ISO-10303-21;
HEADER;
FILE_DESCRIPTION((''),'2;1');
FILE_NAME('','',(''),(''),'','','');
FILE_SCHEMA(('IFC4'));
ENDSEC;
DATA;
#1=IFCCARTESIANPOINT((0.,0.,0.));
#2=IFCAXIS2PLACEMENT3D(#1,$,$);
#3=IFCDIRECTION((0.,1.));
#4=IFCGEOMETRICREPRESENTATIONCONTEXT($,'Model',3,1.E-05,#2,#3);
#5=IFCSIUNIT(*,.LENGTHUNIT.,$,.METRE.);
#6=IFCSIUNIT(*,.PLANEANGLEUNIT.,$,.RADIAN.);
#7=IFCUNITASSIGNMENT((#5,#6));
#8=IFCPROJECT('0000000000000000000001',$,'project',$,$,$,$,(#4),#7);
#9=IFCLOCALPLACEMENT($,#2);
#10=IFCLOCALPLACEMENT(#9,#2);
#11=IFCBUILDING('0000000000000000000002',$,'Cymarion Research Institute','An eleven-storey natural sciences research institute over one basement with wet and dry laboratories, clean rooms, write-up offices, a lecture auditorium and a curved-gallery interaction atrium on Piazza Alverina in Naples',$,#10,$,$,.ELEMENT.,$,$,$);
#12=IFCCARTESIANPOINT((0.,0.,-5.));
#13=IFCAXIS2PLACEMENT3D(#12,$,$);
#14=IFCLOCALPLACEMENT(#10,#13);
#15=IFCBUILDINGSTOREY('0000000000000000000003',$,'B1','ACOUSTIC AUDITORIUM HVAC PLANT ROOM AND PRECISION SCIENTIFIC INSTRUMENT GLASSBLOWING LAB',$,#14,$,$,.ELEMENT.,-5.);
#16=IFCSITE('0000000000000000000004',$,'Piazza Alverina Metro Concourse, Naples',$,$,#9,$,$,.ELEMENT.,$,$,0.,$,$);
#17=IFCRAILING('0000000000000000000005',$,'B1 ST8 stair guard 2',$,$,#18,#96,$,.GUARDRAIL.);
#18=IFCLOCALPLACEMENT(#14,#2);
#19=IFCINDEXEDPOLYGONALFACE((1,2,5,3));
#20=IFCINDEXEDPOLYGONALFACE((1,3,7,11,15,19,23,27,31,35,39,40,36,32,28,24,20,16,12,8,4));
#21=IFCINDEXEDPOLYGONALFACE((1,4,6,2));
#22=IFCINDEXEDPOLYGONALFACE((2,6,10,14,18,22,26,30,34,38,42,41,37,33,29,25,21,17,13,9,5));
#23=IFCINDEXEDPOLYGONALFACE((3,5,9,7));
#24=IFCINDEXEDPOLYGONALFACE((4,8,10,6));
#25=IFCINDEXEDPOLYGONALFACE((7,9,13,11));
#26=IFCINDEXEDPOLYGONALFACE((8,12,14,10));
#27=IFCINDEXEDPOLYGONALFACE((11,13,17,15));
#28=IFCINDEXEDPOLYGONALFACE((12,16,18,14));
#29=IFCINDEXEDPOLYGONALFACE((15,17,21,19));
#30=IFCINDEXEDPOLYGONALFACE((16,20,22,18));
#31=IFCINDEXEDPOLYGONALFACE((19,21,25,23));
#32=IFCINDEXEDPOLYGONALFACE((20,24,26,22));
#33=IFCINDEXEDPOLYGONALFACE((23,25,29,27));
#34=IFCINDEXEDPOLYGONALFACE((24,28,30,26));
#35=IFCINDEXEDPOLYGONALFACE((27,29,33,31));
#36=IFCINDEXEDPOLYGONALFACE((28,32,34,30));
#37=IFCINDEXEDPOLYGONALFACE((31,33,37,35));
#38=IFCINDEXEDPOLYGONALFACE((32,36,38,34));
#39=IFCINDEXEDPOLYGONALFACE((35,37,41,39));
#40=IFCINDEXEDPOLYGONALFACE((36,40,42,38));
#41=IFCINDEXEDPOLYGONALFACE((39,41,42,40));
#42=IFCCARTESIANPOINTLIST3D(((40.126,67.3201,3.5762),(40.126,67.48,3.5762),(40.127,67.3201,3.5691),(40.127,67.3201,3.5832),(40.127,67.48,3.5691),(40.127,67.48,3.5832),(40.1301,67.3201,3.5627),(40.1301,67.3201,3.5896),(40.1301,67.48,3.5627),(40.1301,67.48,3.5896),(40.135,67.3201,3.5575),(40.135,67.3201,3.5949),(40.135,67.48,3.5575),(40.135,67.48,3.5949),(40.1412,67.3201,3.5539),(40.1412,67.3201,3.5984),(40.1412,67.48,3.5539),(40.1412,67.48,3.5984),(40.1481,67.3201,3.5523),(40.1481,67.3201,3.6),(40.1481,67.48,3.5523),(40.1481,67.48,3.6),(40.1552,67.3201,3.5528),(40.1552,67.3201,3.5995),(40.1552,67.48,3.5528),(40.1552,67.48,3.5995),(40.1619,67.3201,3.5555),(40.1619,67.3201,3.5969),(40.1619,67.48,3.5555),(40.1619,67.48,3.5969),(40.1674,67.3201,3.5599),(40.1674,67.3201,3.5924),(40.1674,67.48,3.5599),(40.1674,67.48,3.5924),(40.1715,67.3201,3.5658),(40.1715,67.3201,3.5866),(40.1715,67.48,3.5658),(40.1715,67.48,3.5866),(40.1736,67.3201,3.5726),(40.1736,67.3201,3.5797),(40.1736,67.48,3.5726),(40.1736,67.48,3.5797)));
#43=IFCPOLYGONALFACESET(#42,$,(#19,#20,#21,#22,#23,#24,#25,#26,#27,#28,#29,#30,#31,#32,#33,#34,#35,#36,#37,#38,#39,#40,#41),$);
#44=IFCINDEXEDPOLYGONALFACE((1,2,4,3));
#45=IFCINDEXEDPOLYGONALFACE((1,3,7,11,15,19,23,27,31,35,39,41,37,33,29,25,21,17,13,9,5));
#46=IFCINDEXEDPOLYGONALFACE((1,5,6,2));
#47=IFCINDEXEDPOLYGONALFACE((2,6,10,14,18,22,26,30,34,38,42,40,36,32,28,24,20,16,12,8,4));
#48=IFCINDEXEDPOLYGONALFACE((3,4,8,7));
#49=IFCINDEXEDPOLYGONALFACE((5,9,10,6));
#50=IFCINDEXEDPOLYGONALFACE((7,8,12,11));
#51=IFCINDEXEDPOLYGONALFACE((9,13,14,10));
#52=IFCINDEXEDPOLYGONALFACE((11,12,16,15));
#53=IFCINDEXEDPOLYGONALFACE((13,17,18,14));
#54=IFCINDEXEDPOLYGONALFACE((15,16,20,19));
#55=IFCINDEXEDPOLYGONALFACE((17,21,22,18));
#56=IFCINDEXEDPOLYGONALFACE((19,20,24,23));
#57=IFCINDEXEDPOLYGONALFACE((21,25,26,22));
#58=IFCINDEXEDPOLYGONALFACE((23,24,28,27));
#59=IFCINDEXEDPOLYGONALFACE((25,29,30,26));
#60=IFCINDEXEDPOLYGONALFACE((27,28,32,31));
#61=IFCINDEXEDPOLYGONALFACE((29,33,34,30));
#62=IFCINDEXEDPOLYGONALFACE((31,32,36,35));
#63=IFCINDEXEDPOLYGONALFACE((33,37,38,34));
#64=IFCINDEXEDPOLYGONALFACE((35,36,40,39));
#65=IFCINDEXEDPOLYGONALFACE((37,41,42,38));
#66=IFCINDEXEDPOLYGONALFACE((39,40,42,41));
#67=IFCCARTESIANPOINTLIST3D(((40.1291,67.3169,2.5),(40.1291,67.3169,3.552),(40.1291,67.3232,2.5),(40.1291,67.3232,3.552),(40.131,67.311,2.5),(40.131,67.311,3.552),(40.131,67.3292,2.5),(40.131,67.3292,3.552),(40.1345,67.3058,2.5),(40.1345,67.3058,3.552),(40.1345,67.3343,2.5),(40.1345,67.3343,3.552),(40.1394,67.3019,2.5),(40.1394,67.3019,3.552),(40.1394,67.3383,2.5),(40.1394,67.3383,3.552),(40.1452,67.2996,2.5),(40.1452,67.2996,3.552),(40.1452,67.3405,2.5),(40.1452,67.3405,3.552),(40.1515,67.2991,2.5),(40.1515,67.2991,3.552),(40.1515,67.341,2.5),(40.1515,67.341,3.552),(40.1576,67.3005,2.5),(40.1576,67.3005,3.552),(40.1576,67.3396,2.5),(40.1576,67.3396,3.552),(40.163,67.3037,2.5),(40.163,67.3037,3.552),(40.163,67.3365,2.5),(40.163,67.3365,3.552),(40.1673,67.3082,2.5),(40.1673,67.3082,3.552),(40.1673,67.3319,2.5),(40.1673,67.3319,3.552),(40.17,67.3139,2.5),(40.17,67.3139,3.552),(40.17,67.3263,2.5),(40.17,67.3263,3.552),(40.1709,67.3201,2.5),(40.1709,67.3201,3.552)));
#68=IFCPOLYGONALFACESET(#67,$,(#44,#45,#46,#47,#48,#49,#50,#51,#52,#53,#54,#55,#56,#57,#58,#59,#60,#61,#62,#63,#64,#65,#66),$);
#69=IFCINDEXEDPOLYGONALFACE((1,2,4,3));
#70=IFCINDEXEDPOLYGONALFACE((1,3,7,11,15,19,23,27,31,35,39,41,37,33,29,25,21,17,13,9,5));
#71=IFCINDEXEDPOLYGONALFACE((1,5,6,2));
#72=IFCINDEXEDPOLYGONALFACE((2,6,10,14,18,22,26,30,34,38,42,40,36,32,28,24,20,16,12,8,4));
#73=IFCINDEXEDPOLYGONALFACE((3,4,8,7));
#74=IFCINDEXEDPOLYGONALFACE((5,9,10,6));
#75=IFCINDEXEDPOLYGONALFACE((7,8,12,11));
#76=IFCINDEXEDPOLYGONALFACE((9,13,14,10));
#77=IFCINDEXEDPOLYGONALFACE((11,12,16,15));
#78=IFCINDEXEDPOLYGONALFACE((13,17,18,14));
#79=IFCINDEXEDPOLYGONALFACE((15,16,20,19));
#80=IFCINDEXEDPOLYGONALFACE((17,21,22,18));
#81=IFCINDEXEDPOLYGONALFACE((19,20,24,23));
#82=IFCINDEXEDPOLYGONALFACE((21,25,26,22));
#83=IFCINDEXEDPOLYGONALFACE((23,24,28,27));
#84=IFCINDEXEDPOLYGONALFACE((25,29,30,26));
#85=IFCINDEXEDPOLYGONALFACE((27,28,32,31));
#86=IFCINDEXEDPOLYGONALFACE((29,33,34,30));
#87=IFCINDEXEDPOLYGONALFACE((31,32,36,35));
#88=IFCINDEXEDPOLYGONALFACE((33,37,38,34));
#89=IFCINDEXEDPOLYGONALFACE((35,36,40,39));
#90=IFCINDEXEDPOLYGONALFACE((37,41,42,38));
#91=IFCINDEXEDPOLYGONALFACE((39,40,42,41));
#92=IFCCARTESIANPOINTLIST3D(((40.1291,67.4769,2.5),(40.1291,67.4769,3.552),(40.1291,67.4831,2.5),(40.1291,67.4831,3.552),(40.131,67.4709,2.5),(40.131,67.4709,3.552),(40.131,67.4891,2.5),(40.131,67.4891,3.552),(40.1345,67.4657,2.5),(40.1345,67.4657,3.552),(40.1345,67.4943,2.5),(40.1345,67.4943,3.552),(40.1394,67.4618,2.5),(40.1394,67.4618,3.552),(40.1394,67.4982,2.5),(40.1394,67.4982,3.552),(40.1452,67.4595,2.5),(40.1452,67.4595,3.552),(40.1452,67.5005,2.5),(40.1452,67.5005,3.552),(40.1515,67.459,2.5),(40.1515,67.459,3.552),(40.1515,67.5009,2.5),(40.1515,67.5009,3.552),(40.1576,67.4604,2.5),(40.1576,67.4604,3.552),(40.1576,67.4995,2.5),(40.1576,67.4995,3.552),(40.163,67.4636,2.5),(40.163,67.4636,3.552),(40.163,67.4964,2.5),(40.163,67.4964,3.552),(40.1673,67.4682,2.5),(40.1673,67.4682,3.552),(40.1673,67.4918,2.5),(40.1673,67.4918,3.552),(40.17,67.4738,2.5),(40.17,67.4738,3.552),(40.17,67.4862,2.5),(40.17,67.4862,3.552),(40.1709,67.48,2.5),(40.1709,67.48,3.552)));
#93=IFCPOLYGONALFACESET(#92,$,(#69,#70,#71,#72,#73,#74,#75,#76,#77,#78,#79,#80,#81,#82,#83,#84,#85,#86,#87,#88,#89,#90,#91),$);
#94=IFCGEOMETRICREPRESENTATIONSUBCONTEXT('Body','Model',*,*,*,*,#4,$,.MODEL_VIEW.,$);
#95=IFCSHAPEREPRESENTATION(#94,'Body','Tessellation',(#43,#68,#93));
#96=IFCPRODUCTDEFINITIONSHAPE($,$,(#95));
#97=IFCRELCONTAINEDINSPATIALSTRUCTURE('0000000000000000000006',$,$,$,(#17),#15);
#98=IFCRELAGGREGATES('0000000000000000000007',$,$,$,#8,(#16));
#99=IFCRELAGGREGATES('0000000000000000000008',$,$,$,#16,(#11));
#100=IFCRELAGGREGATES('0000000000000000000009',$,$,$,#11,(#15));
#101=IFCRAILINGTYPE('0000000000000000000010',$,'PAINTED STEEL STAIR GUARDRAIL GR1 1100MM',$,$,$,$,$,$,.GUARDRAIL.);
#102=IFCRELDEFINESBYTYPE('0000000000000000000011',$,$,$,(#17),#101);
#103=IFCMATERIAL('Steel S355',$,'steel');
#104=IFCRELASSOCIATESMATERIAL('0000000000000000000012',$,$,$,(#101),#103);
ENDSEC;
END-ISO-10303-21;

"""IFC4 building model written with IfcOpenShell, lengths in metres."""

from ifc_helpers import new_model, si_unit, direction, frame, origin, origin_2d, place, context, subcontext, project, spatial, circle, extrude, material, type_object, element, save


model = new_model("IFC4")

# Units and contexts
model_context = context("Model", 3, precision=1e-05, world=origin(), true_north=direction((0.0, 1.0)))
body_context = subcontext(model_context, "Body", "Model", "MODEL_VIEW")
ifc_project = project(units=[si_unit("LENGTHUNIT", "METRE"), si_unit("PLANEANGLEUNIT", "RADIAN")], contexts=[model_context])

# Site, building, storey
site_placement = place(None, origin())
site = spatial("IfcSite", under=ifc_project, at=site_placement, Name="Piazza Alverina Metro Concourse, Naples", CompositionType="ELEMENT", RefElevation=0.0)
building_placement = place(site_placement, origin())
building = spatial("IfcBuilding", under=site, at=building_placement, Name="Cymarion Research Institute", Description="An eleven-storey natural sciences research institute over one basement with wet and dry laboratories, clean rooms, write-up offices, a lecture auditorium and a curved-gallery interaction atrium on Piazza Alverina in Naples", CompositionType="ELEMENT")
storey_placement = place(building_placement, frame((0.0, 0.0, -5.0)))
storey = spatial("IfcBuildingStorey", under=building, at=storey_placement, Name="B1", Description="ACOUSTIC AUDITORIUM HVAC PLANT ROOM AND PRECISION SCIENTIFIC INSTRUMENT GLASSBLOWING LAB", CompositionType="ELEMENT", Elevation=-5.0)

# Shared definitions
ifc_material_1 = material(Name="Steel S355", Category="steel")

# Railing
railing_type_1 = type_object("IfcRailingType", Name="PAINTED STEEL STAIR GUARDRAIL GR1 1100MM", PredefinedType="GUARDRAIL", material=ifc_material_1)
railing_1_placement = place(storey_placement, frame((40.1499, 67.3201, 2.5)))
element("IfcRailing", 1, at=railing_1_placement, inside=storey, type_object=railing_type_1, Name="B1 ST8 stair guard 2", PredefinedType="GUARDRAIL", context=body_context, shape_type="SweptSolid", body=[
    extrude(circle(Radius=0.0239, at=origin_2d()), frame((0.0, 0.0, 1.0762), z_axis=(0.0, 1.0, 0.0), x_axis=(-1.0, 0.0, 0.0)), (0.0, 0.0, 1.0), 0.1599),
    extrude(circle(Radius=0.021, at=origin_2d()), origin(), (0.0, 0.0, 1.0), 1.052),
    extrude(circle(Radius=0.021, at=origin_2d()), frame((0.0, 0.1599, 0.0)), (0.0, 0.0, 1.0), 1.052),
])

save(model, "model.ifc")
